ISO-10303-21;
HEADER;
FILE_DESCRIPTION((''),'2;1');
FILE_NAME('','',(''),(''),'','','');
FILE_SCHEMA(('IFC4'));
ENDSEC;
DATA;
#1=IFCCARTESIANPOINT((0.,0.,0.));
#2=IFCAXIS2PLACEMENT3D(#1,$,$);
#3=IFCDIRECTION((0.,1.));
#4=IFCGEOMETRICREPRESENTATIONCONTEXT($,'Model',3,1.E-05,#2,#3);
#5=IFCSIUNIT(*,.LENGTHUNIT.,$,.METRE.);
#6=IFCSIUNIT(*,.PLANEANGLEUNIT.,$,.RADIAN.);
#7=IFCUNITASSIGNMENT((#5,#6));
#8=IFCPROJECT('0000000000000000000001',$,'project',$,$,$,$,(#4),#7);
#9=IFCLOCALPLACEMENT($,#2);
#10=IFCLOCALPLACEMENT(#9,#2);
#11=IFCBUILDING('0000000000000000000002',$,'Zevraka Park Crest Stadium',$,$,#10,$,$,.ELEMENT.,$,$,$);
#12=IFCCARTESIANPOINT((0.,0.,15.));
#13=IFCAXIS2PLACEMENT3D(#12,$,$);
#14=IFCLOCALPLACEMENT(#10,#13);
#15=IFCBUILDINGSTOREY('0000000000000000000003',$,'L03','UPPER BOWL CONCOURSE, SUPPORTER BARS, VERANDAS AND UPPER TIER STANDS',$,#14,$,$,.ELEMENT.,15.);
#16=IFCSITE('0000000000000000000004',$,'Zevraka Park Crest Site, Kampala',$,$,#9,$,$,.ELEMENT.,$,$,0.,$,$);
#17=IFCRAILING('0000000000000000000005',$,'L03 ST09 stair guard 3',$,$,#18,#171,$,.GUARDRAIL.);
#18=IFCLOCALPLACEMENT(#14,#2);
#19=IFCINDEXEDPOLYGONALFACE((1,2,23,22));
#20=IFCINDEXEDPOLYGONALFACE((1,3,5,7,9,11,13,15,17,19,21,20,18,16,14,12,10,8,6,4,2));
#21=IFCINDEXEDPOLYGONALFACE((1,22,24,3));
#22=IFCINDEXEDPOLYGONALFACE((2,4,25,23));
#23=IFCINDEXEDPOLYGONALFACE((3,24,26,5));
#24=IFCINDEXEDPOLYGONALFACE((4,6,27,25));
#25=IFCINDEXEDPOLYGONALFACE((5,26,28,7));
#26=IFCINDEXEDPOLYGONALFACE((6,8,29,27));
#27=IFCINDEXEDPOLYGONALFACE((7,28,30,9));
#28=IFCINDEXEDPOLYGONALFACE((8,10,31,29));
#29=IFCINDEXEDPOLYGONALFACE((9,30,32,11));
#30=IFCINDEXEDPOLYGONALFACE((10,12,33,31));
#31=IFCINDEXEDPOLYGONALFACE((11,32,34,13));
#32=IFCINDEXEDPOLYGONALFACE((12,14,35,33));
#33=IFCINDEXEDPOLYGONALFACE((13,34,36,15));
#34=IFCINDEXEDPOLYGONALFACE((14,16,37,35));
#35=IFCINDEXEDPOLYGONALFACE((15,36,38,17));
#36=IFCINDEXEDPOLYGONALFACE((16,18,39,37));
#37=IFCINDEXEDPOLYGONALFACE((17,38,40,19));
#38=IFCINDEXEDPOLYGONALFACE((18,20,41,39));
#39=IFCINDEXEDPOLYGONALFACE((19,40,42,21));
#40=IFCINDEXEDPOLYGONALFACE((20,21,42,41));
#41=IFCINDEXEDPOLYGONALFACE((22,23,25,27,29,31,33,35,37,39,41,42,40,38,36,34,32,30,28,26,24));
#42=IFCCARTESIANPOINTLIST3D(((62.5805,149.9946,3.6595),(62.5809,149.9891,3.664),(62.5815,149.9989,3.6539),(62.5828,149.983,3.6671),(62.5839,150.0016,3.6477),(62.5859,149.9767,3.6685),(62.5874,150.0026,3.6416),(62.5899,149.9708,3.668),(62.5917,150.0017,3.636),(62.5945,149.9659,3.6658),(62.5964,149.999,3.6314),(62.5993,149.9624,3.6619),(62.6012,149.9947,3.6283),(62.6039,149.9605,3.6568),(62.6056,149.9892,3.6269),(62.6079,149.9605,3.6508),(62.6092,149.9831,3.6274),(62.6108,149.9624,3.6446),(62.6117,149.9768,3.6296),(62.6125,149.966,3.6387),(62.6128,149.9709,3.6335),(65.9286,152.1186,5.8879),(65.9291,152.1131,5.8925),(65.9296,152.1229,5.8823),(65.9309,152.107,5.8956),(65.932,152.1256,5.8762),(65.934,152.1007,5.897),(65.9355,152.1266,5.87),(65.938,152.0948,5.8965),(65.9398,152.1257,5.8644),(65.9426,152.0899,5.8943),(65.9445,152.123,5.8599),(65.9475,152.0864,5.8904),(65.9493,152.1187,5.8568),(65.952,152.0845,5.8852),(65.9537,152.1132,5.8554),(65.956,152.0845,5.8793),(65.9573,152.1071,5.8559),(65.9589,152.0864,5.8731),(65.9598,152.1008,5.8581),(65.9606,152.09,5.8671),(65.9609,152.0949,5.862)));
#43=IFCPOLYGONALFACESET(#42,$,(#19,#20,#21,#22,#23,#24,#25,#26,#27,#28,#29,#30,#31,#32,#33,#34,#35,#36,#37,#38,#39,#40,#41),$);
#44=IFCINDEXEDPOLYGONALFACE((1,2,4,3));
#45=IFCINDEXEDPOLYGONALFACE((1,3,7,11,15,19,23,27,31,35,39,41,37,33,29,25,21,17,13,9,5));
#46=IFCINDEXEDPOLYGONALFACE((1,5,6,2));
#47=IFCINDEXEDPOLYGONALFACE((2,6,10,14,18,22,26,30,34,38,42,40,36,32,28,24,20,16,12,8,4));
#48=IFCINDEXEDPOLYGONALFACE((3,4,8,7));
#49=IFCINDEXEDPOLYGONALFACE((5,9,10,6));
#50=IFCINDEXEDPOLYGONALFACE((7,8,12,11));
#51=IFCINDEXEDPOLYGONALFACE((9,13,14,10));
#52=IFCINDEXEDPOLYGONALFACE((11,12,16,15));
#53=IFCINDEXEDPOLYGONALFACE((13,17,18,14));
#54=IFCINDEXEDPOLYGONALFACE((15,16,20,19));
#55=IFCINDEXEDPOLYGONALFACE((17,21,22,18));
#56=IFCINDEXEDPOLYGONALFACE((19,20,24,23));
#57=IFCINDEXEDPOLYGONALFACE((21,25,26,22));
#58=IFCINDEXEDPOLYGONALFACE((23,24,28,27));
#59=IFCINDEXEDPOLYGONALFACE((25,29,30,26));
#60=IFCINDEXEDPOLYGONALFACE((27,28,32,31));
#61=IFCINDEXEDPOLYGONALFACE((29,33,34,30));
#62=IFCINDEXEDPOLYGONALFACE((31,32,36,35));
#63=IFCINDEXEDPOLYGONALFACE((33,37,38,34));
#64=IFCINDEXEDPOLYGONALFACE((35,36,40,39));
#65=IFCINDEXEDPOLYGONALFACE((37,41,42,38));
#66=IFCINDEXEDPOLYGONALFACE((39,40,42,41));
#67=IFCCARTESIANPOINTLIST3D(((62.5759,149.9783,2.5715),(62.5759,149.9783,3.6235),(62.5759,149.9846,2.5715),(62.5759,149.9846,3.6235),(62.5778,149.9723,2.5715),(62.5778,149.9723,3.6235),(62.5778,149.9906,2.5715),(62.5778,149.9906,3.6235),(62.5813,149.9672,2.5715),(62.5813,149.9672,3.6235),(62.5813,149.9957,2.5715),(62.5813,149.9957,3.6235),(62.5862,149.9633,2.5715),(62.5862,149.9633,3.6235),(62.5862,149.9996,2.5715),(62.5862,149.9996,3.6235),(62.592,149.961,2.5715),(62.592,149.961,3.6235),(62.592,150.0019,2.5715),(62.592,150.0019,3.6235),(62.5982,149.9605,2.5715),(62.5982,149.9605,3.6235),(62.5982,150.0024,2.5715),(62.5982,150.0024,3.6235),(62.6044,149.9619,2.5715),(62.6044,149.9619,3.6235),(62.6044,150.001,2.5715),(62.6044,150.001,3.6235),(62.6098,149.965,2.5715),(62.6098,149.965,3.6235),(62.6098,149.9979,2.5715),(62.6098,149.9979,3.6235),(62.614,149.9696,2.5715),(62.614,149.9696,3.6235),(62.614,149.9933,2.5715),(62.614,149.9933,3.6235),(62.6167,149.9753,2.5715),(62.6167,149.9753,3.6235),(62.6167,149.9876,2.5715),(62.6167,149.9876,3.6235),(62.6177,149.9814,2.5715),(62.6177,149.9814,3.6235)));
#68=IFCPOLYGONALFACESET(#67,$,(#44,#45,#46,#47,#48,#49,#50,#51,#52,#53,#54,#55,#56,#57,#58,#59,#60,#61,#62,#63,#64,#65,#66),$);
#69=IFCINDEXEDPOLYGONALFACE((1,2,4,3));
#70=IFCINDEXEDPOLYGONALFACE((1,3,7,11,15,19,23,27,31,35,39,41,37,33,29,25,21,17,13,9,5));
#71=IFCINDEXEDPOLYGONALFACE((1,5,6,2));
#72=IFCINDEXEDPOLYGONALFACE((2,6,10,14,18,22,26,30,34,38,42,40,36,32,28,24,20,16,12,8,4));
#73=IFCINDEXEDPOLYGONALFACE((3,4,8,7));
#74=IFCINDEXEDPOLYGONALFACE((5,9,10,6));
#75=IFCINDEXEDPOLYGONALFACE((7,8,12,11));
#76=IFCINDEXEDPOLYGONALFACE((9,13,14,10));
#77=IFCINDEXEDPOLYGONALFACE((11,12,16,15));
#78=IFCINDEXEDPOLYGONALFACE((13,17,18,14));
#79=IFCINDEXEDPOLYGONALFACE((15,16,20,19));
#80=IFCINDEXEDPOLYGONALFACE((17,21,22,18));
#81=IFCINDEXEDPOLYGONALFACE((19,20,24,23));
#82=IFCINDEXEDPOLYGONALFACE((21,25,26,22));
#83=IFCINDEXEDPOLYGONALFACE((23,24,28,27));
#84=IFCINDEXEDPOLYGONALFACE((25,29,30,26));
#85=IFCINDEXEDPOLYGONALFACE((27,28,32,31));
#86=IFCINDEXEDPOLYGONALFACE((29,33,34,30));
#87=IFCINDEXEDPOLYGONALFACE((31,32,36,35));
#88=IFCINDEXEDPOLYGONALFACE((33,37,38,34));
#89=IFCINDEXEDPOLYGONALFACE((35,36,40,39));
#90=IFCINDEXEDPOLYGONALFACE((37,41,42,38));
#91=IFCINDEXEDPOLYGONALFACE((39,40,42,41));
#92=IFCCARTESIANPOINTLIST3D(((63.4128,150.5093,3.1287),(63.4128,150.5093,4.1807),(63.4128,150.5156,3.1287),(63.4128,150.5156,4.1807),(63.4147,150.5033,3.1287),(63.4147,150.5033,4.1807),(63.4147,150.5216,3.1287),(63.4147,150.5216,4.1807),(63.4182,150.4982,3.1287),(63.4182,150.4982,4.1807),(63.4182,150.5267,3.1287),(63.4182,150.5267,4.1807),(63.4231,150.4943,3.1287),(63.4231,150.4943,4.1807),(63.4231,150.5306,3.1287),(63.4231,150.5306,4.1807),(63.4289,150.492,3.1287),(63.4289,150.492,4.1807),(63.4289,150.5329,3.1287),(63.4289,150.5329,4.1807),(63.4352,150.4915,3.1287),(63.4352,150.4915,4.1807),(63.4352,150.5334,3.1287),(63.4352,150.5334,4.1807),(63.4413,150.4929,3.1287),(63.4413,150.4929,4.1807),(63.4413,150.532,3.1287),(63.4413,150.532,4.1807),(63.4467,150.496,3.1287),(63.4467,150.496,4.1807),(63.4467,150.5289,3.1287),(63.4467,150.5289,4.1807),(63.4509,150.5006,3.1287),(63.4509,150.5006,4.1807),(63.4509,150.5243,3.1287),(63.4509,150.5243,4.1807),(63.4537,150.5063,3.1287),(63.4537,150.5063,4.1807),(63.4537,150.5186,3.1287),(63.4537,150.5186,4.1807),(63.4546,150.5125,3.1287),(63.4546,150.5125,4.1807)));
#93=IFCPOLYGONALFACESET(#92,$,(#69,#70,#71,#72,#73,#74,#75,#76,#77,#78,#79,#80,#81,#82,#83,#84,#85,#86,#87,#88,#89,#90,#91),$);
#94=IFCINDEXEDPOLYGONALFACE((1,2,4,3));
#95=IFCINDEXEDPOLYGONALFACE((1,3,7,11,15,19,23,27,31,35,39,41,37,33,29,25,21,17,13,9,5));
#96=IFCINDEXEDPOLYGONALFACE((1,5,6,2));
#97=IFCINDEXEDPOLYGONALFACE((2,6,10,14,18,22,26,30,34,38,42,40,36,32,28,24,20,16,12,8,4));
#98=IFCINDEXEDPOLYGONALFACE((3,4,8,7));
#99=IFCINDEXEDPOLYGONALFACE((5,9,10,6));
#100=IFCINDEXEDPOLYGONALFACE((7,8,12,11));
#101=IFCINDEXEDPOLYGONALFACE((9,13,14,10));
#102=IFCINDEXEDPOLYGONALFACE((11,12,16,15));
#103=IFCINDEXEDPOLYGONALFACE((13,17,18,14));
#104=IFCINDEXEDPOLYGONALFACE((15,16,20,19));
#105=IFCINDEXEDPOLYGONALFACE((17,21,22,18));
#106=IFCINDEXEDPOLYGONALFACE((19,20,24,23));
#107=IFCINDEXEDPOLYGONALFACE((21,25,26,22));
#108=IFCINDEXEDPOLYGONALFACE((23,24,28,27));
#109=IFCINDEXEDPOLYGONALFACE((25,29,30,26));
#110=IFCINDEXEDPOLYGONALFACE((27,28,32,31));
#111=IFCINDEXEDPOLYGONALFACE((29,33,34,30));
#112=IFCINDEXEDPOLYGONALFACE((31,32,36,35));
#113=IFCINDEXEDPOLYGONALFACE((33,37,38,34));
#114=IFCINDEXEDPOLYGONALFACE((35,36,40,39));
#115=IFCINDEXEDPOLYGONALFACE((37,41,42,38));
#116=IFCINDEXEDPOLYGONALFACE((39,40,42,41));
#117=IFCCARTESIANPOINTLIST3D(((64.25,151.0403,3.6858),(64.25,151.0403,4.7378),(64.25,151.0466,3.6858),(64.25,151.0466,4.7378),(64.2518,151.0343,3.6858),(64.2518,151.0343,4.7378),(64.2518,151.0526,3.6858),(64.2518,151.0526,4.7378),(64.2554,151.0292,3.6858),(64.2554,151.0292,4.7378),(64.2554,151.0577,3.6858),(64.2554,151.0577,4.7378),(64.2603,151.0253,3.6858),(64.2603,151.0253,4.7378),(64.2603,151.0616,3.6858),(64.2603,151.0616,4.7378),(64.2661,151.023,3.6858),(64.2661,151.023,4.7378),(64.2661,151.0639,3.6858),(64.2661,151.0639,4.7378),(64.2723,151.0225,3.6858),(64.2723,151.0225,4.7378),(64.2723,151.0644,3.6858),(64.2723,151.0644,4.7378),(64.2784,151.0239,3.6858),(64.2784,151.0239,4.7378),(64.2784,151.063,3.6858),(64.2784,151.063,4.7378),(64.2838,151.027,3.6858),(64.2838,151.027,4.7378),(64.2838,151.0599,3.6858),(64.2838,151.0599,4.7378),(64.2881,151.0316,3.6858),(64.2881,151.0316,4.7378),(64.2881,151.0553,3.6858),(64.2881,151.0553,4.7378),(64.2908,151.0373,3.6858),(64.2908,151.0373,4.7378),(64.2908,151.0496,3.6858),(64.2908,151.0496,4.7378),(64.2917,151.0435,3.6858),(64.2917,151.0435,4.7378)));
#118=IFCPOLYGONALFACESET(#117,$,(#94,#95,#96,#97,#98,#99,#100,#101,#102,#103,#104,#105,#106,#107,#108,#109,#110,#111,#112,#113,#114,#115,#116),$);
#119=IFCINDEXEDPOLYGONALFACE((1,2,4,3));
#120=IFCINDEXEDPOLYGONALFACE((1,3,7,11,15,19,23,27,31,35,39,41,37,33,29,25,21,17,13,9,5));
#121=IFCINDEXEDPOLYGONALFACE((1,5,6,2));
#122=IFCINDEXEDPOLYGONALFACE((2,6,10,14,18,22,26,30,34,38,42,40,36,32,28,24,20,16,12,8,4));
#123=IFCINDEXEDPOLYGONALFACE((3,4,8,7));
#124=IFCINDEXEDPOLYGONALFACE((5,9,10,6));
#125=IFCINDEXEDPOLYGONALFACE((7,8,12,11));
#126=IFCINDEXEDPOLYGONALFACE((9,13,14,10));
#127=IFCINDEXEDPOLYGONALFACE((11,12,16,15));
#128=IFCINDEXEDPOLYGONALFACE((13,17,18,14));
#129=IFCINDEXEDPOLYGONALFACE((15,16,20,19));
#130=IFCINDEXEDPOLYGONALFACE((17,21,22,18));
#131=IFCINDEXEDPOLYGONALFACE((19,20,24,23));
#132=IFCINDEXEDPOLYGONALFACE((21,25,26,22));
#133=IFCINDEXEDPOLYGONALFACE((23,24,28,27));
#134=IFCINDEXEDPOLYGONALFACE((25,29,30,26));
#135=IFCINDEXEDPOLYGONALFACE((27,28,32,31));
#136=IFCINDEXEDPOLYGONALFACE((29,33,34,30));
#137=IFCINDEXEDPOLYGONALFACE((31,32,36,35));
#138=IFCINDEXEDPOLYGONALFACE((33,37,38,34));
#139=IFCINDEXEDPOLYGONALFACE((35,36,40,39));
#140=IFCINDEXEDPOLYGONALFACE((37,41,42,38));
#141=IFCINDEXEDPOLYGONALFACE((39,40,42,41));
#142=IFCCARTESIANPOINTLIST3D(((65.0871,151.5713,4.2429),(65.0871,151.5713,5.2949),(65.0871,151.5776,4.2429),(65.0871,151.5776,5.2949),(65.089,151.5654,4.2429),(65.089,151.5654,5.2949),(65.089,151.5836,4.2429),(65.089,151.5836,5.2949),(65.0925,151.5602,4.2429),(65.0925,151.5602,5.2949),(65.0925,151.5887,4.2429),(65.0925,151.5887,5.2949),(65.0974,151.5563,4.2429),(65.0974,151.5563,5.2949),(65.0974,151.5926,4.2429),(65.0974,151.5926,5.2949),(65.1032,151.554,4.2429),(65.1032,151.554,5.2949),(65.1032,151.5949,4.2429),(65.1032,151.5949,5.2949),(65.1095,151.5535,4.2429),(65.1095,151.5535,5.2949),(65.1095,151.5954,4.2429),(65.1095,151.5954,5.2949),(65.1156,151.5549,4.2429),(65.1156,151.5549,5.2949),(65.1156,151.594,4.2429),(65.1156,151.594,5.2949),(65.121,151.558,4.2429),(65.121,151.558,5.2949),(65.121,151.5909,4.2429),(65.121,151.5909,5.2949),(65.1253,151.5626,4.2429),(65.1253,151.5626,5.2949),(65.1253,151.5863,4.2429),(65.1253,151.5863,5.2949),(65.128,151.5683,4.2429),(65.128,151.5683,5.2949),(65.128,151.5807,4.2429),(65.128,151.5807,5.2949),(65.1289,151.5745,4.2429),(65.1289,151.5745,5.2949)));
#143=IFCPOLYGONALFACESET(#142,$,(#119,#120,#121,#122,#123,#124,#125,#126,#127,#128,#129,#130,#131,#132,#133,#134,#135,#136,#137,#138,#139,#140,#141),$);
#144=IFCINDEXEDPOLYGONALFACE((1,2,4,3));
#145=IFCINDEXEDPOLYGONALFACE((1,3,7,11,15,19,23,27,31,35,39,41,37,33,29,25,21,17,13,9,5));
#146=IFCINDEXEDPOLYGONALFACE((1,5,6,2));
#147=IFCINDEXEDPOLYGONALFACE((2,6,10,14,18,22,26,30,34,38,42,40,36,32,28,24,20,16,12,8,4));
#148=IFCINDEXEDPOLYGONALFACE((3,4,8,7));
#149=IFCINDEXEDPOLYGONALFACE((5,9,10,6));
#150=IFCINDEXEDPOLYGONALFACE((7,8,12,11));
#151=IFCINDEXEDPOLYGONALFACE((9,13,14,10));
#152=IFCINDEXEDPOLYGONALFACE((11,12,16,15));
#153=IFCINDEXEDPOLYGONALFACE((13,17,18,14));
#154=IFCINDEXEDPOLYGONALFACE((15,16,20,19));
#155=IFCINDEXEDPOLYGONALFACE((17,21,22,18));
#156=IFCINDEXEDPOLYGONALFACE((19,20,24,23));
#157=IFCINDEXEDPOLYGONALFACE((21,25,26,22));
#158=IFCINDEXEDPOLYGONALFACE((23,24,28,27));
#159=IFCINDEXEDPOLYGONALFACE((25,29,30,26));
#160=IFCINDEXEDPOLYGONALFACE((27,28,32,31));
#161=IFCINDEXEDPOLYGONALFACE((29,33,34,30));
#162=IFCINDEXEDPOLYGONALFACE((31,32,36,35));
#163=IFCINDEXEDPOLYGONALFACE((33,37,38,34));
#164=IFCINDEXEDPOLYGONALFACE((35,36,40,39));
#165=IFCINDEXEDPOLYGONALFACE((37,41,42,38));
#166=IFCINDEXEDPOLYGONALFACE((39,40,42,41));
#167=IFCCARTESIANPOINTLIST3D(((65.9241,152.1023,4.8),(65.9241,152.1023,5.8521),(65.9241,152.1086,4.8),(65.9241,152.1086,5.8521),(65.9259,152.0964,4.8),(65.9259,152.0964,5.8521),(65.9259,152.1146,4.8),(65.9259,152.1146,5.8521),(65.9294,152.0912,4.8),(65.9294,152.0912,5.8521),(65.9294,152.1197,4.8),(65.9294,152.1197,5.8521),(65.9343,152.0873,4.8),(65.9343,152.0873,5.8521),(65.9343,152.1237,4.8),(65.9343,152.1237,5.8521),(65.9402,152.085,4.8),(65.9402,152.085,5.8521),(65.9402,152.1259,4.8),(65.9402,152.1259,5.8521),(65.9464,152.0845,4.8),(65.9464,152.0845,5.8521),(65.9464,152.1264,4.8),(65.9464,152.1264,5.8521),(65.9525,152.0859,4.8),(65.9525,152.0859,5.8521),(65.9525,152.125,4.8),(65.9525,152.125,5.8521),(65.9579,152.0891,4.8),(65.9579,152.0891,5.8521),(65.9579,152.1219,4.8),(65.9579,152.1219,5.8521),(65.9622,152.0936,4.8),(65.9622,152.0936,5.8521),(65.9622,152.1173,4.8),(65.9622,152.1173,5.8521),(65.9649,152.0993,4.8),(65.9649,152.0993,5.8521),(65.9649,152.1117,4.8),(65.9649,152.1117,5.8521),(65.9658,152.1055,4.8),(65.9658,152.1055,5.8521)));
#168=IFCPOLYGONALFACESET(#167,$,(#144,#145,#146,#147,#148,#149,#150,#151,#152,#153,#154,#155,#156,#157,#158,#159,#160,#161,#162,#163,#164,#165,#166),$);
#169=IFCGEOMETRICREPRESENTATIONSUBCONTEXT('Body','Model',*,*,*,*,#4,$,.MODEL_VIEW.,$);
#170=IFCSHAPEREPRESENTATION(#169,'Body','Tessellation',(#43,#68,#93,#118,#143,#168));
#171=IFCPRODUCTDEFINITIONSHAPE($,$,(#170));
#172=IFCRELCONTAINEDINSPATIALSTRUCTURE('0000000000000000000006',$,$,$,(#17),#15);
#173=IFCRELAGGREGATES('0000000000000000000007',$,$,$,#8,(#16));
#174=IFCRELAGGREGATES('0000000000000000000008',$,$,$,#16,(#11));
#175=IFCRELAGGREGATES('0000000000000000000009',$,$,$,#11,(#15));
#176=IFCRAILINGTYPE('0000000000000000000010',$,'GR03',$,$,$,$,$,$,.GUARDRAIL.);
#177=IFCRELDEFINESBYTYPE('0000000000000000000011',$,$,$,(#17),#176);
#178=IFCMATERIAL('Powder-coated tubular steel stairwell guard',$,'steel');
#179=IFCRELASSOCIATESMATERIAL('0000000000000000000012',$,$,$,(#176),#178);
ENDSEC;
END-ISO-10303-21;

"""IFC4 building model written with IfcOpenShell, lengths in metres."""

from ifc_helpers import new_model, si_unit, direction, frame, origin, origin_2d, place, context, subcontext, project, spatial, circle, extrude, material, type_object, element, save


model = new_model("IFC4")

# Units and contexts
model_context = context("Model", 3, precision=1e-05, world=origin(), true_north=direction((0.0, 1.0)))
body_context = subcontext(model_context, "Body", "Model", "MODEL_VIEW")
ifc_project = project(units=[si_unit("LENGTHUNIT", "METRE"), si_unit("PLANEANGLEUNIT", "RADIAN")], contexts=[model_context])

# Site, building, storey
site_placement = place(None, origin())
site = spatial("IfcSite", under=ifc_project, at=site_placement, Name="Zevraka Park Crest Site, Kampala", CompositionType="ELEMENT", RefElevation=0.0)
building_placement = place(site_placement, origin())
building = spatial("IfcBuilding", under=site, at=building_placement, Name="Zevraka Park Crest Stadium", CompositionType="ELEMENT")
storey_placement = place(building_placement, frame((0.0, 0.0, 15.0)))
storey = spatial("IfcBuildingStorey", under=building, at=storey_placement, Name="L03", Description="UPPER BOWL CONCOURSE, SUPPORTER BARS, VERANDAS AND UPPER TIER STANDS", CompositionType="ELEMENT", Elevation=15.0)

# Railing
ifc_material_1 = material(Name="Powder-coated tubular steel stairwell guard", Category="steel")
railing_type_1 = type_object("IfcRailingType", Name="GR03", PredefinedType="GUARDRAIL", material=ifc_material_1)
railing_1_placement = place(storey_placement, frame((62.5967, 149.9814, 2.5715)))
element("IfcRailing", 1, at=railing_1_placement, inside=storey, type_object=railing_type_1, Name="L03 ST09 stair guard 3", PredefinedType="GUARDRAIL", context=body_context, shape_type="SweptSolid", body=[
    extrude(circle(Radius=0.0239, at=origin_2d()), frame((0.0, 0.0, 1.0762), z_axis=(0.736117, 0.466984, 0.489957), x_axis=(-0.535688, 0.844416, 0.0)), (0.0, 0.0, 1.0), 4.5483),
    extrude(circle(Radius=0.021, at=origin_2d()), origin(), (0.0, 0.0, 1.0), 1.052),
    extrude(circle(Radius=0.021, at=origin_2d()), frame((0.8369, 0.531, 0.5571)), (0.0, 0.0, 1.0), 1.052),
    extrude(circle(Radius=0.021, at=origin_2d()), frame((1.6741, 1.062, 1.1143)), (0.0, 0.0, 1.0), 1.052),
    extrude(circle(Radius=0.021, at=origin_2d()), frame((2.5112, 1.593, 1.6714)), (0.0, 0.0, 1.0), 1.052),
    extrude(circle(Radius=0.021, at=origin_2d()), frame((3.3481, 2.124, 2.2285)), (0.0, 0.0, 1.0), 1.052),
])

save(model, "model.ifc")
